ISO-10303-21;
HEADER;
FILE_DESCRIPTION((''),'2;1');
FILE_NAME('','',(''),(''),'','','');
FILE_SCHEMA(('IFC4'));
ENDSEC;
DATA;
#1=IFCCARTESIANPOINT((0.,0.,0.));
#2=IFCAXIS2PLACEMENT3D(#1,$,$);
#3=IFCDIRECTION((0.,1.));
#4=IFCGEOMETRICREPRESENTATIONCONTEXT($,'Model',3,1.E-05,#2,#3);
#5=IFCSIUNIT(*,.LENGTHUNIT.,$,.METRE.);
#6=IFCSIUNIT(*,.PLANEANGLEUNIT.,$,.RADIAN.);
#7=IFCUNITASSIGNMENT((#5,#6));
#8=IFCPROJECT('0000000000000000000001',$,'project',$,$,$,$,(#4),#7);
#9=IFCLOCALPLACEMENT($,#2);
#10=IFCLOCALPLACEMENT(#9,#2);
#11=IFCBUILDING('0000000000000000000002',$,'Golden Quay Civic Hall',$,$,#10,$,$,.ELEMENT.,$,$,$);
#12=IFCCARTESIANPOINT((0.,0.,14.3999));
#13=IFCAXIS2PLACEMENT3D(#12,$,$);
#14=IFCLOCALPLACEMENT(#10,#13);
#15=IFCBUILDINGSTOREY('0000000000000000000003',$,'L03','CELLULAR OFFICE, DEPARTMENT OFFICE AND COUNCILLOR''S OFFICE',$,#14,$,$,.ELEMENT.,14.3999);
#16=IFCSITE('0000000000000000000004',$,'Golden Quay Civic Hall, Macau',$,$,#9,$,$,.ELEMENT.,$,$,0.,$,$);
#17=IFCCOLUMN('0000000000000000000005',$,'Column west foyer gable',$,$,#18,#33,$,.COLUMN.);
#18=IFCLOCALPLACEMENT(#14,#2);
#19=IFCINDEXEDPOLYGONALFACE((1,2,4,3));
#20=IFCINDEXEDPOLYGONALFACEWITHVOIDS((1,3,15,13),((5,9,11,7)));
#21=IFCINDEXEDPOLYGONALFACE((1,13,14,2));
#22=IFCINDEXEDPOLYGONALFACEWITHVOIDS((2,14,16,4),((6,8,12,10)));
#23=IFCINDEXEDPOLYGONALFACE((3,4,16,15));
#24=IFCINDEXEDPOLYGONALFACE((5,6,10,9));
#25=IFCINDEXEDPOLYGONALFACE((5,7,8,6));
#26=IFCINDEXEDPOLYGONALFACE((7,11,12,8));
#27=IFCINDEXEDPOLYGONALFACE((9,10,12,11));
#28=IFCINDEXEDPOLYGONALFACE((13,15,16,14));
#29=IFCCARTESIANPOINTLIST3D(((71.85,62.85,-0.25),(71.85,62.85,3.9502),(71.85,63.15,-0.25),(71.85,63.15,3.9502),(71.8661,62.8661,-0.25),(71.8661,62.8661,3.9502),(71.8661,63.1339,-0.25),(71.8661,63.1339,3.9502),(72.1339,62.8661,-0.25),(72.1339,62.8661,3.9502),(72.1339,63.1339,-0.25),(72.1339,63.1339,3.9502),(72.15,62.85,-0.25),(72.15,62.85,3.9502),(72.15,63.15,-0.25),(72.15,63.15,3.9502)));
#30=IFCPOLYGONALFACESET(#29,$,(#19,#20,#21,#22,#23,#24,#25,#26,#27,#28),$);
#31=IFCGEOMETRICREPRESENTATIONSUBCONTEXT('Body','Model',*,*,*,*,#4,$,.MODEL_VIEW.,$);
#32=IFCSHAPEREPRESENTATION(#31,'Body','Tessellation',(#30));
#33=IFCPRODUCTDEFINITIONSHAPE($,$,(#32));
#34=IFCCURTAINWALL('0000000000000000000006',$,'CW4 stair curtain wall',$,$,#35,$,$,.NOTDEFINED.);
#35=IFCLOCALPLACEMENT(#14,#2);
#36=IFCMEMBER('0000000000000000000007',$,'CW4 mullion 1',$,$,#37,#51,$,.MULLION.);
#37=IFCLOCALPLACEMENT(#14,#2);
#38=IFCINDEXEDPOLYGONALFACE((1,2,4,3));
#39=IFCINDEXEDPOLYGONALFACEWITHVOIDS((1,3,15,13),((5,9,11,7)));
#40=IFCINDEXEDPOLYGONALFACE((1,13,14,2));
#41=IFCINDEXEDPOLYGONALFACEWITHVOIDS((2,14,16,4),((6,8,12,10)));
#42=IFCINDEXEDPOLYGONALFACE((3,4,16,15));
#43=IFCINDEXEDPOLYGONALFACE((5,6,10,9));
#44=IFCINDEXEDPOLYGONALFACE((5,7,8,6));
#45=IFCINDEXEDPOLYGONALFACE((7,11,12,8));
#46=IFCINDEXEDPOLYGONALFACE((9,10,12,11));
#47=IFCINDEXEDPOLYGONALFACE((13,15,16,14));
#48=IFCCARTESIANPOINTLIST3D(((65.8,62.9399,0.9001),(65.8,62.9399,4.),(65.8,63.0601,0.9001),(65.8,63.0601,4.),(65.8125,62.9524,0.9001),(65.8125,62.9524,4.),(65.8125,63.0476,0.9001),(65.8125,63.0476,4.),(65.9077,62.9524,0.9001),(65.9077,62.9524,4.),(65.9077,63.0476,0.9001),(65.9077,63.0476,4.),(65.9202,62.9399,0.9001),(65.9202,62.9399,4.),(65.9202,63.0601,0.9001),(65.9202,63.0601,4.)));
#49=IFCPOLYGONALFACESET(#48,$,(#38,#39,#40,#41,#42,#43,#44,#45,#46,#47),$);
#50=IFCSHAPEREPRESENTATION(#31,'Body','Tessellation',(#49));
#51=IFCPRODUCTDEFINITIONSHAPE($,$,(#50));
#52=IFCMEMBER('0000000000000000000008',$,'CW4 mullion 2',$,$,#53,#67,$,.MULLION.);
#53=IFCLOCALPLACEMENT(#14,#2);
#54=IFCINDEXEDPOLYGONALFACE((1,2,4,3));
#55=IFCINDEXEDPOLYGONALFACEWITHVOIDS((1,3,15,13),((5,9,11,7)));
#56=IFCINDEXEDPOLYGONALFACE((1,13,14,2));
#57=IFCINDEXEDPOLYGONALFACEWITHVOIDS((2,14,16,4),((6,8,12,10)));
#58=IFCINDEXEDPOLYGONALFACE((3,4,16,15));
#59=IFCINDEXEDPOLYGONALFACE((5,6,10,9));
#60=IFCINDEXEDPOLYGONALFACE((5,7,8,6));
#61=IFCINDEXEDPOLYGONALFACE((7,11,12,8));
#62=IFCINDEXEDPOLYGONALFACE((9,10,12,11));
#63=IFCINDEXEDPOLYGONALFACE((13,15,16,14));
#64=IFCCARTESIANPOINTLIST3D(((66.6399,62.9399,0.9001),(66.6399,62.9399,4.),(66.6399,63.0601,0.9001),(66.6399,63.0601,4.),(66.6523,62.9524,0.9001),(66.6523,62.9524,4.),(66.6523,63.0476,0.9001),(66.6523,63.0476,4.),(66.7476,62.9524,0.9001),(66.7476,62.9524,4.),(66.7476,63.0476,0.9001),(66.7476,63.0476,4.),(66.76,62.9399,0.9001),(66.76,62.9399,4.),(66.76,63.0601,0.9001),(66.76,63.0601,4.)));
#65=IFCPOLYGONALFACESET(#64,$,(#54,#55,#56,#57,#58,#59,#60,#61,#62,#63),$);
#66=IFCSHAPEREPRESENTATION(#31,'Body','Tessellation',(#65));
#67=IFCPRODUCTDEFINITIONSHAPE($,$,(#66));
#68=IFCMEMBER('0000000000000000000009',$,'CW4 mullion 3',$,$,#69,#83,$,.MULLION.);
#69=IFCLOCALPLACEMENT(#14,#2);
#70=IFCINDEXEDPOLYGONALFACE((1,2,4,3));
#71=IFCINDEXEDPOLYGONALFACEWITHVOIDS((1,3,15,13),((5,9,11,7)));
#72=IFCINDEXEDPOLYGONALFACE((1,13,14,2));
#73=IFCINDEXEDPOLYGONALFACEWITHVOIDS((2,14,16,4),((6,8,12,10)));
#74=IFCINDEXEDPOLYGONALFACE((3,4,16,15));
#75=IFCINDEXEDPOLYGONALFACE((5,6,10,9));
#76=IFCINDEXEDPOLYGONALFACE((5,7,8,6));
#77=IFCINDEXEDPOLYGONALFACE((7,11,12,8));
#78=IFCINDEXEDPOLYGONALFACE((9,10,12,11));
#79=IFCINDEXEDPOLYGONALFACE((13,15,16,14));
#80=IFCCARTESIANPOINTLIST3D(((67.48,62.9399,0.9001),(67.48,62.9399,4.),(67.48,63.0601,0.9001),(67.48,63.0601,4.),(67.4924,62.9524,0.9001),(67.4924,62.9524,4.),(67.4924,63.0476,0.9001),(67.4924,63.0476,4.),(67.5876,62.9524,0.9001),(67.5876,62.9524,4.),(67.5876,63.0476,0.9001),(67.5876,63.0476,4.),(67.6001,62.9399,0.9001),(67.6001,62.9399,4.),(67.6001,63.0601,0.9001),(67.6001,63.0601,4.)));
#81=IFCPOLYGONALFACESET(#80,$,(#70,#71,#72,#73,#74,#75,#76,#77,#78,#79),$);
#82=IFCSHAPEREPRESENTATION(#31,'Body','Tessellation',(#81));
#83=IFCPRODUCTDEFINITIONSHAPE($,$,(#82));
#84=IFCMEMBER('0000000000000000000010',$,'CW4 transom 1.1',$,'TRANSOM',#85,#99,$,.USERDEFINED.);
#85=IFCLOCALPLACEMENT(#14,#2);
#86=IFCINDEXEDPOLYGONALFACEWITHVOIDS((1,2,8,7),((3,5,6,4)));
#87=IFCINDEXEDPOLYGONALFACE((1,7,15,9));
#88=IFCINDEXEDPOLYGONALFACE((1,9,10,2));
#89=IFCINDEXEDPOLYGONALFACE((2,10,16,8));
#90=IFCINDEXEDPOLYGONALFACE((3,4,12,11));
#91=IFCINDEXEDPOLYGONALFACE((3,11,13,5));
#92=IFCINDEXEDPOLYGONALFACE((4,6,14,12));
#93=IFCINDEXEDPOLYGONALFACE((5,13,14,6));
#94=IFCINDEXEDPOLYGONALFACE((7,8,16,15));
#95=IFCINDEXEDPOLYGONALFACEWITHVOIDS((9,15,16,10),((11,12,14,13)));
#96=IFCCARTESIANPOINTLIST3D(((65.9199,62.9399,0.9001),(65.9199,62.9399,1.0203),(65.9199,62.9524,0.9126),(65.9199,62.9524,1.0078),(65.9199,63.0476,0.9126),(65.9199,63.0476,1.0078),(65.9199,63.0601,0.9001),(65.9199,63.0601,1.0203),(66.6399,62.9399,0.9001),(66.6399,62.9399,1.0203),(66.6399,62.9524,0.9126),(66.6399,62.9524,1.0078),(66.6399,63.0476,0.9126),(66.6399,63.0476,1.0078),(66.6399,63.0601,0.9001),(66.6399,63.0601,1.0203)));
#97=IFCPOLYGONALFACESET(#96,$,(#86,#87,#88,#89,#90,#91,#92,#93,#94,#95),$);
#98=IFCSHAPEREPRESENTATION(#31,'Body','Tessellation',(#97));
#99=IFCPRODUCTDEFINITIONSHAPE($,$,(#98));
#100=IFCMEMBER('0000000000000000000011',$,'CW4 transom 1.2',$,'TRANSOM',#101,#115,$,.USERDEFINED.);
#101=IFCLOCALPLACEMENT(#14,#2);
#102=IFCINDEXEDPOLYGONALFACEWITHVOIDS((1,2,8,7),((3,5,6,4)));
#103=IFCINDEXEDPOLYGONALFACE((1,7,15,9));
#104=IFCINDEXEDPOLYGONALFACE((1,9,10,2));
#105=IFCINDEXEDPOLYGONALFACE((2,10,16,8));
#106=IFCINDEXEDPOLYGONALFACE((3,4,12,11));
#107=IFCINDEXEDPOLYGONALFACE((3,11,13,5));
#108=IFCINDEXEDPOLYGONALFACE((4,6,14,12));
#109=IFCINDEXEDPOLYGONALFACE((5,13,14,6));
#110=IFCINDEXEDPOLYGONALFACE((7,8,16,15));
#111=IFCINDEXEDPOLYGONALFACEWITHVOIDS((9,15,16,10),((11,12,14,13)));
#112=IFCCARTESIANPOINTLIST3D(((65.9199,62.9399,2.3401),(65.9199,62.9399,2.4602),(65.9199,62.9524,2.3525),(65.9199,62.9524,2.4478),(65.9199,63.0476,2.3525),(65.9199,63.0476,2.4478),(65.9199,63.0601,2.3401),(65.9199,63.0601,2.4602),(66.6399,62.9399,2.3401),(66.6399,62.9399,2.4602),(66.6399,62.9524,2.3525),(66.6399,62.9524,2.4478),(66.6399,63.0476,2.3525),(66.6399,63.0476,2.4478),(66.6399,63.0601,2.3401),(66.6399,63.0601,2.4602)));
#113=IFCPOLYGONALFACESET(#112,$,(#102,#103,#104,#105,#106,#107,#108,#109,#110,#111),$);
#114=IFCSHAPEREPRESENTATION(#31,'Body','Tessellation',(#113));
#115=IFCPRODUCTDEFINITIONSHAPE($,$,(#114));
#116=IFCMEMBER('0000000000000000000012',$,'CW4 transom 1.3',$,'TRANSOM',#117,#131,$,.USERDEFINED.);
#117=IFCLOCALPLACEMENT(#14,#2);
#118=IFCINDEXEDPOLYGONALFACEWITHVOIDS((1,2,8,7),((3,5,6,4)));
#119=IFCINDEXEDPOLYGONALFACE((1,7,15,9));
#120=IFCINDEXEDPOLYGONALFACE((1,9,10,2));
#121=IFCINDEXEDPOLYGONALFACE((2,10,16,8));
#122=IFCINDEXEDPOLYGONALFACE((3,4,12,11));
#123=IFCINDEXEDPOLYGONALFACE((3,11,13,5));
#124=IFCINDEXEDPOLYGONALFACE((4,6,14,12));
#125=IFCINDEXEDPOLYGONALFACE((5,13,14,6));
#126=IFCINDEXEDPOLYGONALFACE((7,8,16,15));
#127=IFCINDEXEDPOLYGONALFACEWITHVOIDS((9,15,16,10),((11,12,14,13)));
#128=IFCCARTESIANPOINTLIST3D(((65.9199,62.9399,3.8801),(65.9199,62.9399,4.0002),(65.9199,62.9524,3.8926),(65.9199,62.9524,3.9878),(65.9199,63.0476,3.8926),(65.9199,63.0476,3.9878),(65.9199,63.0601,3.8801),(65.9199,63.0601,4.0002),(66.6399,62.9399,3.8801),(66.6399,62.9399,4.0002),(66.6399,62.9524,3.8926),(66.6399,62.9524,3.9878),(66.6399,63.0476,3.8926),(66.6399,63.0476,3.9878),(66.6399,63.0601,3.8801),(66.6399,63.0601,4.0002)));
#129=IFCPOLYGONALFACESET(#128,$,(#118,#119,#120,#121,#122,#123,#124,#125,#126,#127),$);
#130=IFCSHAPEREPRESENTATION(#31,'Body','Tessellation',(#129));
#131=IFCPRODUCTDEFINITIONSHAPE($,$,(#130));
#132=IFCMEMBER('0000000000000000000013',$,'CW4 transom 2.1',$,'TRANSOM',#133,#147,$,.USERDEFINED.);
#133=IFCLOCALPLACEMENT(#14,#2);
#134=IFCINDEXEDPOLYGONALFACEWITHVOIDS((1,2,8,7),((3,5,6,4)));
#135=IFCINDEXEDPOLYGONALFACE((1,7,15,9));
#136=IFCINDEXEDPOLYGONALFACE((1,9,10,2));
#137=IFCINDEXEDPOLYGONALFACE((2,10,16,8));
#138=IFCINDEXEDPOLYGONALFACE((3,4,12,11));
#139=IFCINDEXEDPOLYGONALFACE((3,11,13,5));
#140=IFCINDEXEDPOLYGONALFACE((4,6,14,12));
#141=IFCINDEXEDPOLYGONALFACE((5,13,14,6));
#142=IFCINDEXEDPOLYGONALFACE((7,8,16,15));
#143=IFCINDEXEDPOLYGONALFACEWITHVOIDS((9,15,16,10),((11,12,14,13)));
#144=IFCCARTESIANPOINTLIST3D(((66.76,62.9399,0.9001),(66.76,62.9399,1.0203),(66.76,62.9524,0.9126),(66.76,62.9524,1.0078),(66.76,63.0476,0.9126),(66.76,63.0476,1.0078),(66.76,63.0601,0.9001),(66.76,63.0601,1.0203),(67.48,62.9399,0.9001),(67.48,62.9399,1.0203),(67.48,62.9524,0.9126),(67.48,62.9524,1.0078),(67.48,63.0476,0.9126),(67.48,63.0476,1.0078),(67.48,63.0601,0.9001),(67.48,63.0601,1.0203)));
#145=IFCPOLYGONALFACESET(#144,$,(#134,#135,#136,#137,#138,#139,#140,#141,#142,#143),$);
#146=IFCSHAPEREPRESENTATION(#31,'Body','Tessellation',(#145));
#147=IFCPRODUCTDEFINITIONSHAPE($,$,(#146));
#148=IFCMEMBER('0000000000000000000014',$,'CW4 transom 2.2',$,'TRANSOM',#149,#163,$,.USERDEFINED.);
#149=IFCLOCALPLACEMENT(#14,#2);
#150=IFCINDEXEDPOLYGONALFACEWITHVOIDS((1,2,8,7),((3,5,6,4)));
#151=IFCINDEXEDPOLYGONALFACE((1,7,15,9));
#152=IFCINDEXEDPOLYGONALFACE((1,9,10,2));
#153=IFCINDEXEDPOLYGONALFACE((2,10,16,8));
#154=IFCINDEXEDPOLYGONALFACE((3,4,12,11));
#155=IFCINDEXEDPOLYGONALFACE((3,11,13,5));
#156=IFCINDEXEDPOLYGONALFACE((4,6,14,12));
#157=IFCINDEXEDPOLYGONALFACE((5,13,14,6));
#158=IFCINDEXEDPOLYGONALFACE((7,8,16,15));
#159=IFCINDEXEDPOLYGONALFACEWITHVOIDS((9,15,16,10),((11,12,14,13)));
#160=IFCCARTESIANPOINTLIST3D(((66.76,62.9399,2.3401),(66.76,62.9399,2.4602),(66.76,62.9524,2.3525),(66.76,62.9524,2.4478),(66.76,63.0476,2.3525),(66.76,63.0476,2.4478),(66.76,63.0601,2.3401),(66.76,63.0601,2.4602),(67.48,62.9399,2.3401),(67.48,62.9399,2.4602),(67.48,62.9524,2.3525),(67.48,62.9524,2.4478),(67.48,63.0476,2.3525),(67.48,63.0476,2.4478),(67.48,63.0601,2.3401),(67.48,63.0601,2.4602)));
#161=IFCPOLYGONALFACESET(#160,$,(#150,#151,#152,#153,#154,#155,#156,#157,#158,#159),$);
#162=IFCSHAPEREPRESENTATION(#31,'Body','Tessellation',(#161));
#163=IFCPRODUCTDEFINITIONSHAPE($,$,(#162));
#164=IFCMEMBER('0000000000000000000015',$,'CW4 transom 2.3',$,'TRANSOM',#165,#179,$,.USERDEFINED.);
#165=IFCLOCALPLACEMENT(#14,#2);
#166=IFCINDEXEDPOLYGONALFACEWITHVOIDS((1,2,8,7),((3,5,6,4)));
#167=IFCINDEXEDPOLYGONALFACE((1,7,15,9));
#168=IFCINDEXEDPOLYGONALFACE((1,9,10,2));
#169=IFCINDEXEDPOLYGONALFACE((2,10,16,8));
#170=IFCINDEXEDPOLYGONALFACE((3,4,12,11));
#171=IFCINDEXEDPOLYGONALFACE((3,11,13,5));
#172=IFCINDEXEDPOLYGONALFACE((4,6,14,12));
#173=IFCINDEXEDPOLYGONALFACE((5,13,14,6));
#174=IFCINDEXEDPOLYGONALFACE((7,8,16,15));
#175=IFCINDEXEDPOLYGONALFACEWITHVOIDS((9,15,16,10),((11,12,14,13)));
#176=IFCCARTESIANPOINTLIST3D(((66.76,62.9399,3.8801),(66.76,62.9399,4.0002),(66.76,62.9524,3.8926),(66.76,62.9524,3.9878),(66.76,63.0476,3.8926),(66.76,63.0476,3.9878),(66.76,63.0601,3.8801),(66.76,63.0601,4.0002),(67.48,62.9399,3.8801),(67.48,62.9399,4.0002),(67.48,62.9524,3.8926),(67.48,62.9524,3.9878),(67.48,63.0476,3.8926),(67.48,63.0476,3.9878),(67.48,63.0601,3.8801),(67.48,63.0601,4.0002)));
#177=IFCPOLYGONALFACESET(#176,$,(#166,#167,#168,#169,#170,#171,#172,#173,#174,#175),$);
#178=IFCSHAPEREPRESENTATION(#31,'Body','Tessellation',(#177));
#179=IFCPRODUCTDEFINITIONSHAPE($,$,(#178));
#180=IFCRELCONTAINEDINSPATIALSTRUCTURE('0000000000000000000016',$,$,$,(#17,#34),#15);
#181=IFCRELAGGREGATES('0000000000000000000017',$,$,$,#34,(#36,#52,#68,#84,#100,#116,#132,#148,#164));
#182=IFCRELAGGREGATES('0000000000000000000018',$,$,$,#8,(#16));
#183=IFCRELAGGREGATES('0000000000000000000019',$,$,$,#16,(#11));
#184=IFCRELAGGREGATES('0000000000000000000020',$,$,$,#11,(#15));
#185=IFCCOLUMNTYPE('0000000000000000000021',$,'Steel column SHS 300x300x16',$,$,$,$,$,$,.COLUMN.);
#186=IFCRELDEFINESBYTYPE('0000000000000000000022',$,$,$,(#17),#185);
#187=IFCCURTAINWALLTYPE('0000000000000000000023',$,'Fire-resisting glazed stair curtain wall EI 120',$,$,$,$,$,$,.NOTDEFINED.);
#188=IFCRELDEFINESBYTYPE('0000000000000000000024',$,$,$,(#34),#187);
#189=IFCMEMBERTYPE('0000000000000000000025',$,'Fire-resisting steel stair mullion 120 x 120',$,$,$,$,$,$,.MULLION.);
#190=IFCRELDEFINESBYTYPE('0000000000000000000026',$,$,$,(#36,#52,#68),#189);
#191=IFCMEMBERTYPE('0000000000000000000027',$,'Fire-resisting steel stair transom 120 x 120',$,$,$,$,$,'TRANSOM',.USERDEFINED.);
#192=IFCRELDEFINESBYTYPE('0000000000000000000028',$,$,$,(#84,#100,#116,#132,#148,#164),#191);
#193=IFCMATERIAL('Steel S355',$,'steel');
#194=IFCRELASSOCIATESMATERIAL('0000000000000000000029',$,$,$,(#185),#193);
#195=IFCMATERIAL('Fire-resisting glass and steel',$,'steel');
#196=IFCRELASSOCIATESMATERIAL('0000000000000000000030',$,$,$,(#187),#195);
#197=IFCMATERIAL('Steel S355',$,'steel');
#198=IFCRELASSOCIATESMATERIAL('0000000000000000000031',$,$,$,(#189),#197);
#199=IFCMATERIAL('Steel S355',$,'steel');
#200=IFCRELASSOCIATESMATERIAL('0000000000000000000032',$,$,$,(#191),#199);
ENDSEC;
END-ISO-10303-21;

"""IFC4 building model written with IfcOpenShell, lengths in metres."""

from ifc_helpers import new_model, si_unit, direction, frame, origin, origin_2d, place, context, subcontext, project, spatial, hollow_rectangle, extrude, material, material_profile, profile_set, type_object, element, aggregate, save


model = new_model("IFC4")

# Units and contexts
model_context = context("Model", 3, precision=1e-05, world=origin(), true_north=direction((0.0, 1.0)))
body_context = subcontext(model_context, "Body", "Model", "MODEL_VIEW")
ifc_project = project(units=[si_unit("LENGTHUNIT", "METRE"), si_unit("PLANEANGLEUNIT", "RADIAN")], contexts=[model_context])

# Site, building, storey
site_placement = place(None, origin())
site = spatial("IfcSite", under=ifc_project, at=site_placement, Name="Golden Quay Civic Hall, Macau", CompositionType="ELEMENT", RefElevation=0.0)
building_placement = place(site_placement, origin())
building = spatial("IfcBuilding", under=site, at=building_placement, Name="Golden Quay Civic Hall", CompositionType="ELEMENT")
storey_placement = place(building_placement, frame((0.0, 0.0, 14.3999)))
storey = spatial("IfcBuildingStorey", under=building, at=storey_placement, Name="L03", Description="CELLULAR OFFICE, DEPARTMENT OFFICE AND COUNCILLOR'S OFFICE", CompositionType="ELEMENT", Elevation=14.3999)

# Column
ifc_material_1 = material(Name="Steel S355", Category="steel")
ifc_material_profile_1 = material_profile(ifc_material_1, hollow_rectangle(XDim=0.3, YDim=0.3, WallThickness=0.0161, at=origin_2d()), Name="SHS 300x300x16")
ifc_profile_set_1 = profile_set([ifc_material_profile_1], Name="Steel S355")
column_type = type_object("IfcColumnType", Name="Steel column SHS 300x300x16", PredefinedType="COLUMN", material=ifc_profile_set_1)
column_placement = place(storey_placement, frame((72.0, 63.0, -0.25), z_axis=(0.0, 0.0, 1.0), x_axis=(1.0, 0.0, 0.0)))
element("IfcColumn", 1, at=column_placement, inside=storey, type_object=column_type, Name="Column west foyer gable", PredefinedType="COLUMN", context=body_context, shape_type="SweptSolid", body=[
    extrude(hollow_rectangle(XDim=0.3, YDim=0.3, WallThickness=0.0161, at=origin_2d()), origin(), (0.0, 0.0, 1.0), 4.2002),
])

# Curtain wall, members
ifc_material_2 = material(Name="Fire-resisting glass and steel", Category="steel")
curtain_wall_type_1 = type_object("IfcCurtainWallType", Name="Fire-resisting glazed stair curtain wall EI 120", PredefinedType="NOTDEFINED", material=ifc_material_2)
curtain_wall_1_placement = place(storey_placement, origin())
curtain_wall_1 = element("IfcCurtainWall", 2, at=curtain_wall_1_placement, inside=storey, type_object=curtain_wall_type_1, Name="CW4 stair curtain wall", PredefinedType="NOTDEFINED")
ifc_material_3 = material(Name="Steel S355", Category="steel")
ifc_material_profile_2 = material_profile(ifc_material_3, hollow_rectangle(XDim=0.1201, YDim=0.1201, WallThickness=0.0125, at=origin_2d()), Name="SHS 120x120x12.5")
ifc_profile_set_2 = profile_set([ifc_material_profile_2], Name="Steel S355")
member_type_1 = type_object("IfcMemberType", Name="Fire-resisting steel stair mullion 120 x 120", PredefinedType="MULLION", material=ifc_profile_set_2)
member_1_placement = place(storey_placement, frame((65.8601, 63.0, 0.9001), z_axis=(0.0, 0.0, 1.0), x_axis=(0.0, 1.0, 0.0)))
member_1 = element("IfcMember", 3, at=member_1_placement, type_object=member_type_1, Name="CW4 mullion 1", PredefinedType="MULLION", context=body_context, shape_type="SweptSolid", body=[
    extrude(hollow_rectangle(XDim=0.1201, YDim=0.1201, WallThickness=0.0125, at=origin_2d()), origin(), (0.0, 0.0, 1.0), 3.0999),
])
member_2_placement = place(storey_placement, frame((66.7, 63.0, 0.9001), z_axis=(0.0, 0.0, 1.0), x_axis=(0.0, 1.0, 0.0)))
member_2 = element("IfcMember", 4, at=member_2_placement, type_object=member_type_1, Name="CW4 mullion 2", PredefinedType="MULLION", context=body_context, shape_type="SweptSolid", body=[
    extrude(hollow_rectangle(XDim=0.1201, YDim=0.1201, WallThickness=0.0125, at=origin_2d()), origin(), (0.0, 0.0, 1.0), 3.0999),
])
member_3_placement = place(storey_placement, frame((67.54, 63.0, 0.9001), z_axis=(0.0, 0.0, 1.0), x_axis=(0.0, 1.0, 0.0)))
member_3 = element("IfcMember", 5, at=member_3_placement, type_object=member_type_1, Name="CW4 mullion 3", PredefinedType="MULLION", context=body_context, shape_type="SweptSolid", body=[
    extrude(hollow_rectangle(XDim=0.1201, YDim=0.1201, WallThickness=0.0125, at=origin_2d()), origin(), (0.0, 0.0, 1.0), 3.0999),
])
ifc_material_4 = material(Name="Steel S355", Category="steel")
ifc_material_profile_3 = material_profile(ifc_material_4, hollow_rectangle(XDim=0.1201, YDim=0.1201, WallThickness=0.0125, at=origin_2d()), Name="SHS 120x120x12.5")
ifc_profile_set_3 = profile_set([ifc_material_profile_3], Name="Steel S355")
member_type_2 = type_object("IfcMemberType", Name="Fire-resisting steel stair transom 120 x 120", ElementType="TRANSOM", PredefinedType="USERDEFINED", material=ifc_profile_set_3)
member_4_placement = place(storey_placement, frame((65.9199, 63.0, 0.9602), z_axis=(1.0, 0.0, 0.0), x_axis=(0.0, 1.0, 0.0)))
member_4 = element("IfcMember", 6, at=member_4_placement, type_object=member_type_2, Name="CW4 transom 1.1", ObjectType="TRANSOM", PredefinedType="USERDEFINED", context=body_context, shape_type="SweptSolid", body=[
    extrude(hollow_rectangle(XDim=0.1201, YDim=0.1201, WallThickness=0.0125, at=origin_2d()), origin(), (0.0, 0.0, 1.0), 0.72),
])
member_5_placement = place(storey_placement, frame((65.9199, 63.0, 2.4001), z_axis=(1.0, 0.0, 0.0), x_axis=(0.0, 1.0, 0.0)))
member_5 = element("IfcMember", 7, at=member_5_placement, type_object=member_type_2, Name="CW4 transom 1.2", ObjectType="TRANSOM", PredefinedType="USERDEFINED", context=body_context, shape_type="SweptSolid", body=[
    extrude(hollow_rectangle(XDim=0.1201, YDim=0.1201, WallThickness=0.0125, at=origin_2d()), origin(), (0.0, 0.0, 1.0), 0.72),
])
member_6_placement = place(storey_placement, frame((65.9199, 63.0, 3.9402), z_axis=(1.0, 0.0, 0.0), x_axis=(0.0, 1.0, 0.0)))
member_6 = element("IfcMember", 8, at=member_6_placement, type_object=member_type_2, Name="CW4 transom 1.3", ObjectType="TRANSOM", PredefinedType="USERDEFINED", context=body_context, shape_type="SweptSolid", body=[
    extrude(hollow_rectangle(XDim=0.1201, YDim=0.1201, WallThickness=0.0125, at=origin_2d()), origin(), (0.0, 0.0, 1.0), 0.72),
])
member_7_placement = place(storey_placement, frame((66.76, 63.0, 0.9602), z_axis=(1.0, 0.0, 0.0), x_axis=(0.0, 1.0, 0.0)))
member_7 = element("IfcMember", 9, at=member_7_placement, type_object=member_type_2, Name="CW4 transom 2.1", ObjectType="TRANSOM", PredefinedType="USERDEFINED", context=body_context, shape_type="SweptSolid", body=[
    extrude(hollow_rectangle(XDim=0.1201, YDim=0.1201, WallThickness=0.0125, at=origin_2d()), origin(), (0.0, 0.0, 1.0), 0.72),
])
member_8_placement = place(storey_placement, frame((66.76, 63.0, 2.4001), z_axis=(1.0, 0.0, 0.0), x_axis=(0.0, 1.0, 0.0)))
member_8 = element("IfcMember", 10, at=member_8_placement, type_object=member_type_2, Name="CW4 transom 2.2", ObjectType="TRANSOM", PredefinedType="USERDEFINED", context=body_context, shape_type="SweptSolid", body=[
    extrude(hollow_rectangle(XDim=0.1201, YDim=0.1201, WallThickness=0.0125, at=origin_2d()), origin(), (0.0, 0.0, 1.0), 0.72),
])
member_9_placement = place(storey_placement, frame((66.76, 63.0, 3.9402), z_axis=(1.0, 0.0, 0.0), x_axis=(0.0, 1.0, 0.0)))
member_9 = element("IfcMember", 11, at=member_9_placement, type_object=member_type_2, Name="CW4 transom 2.3", ObjectType="TRANSOM", PredefinedType="USERDEFINED", context=body_context, shape_type="SweptSolid", body=[
    extrude(hollow_rectangle(XDim=0.1201, YDim=0.1201, WallThickness=0.0125, at=origin_2d()), origin(), (0.0, 0.0, 1.0), 0.72),
])

aggregate(curtain_wall_1, [member_1, member_2, member_3, member_4, member_5, member_6, member_7, member_8, member_9])

save(model, "model.ifc")
